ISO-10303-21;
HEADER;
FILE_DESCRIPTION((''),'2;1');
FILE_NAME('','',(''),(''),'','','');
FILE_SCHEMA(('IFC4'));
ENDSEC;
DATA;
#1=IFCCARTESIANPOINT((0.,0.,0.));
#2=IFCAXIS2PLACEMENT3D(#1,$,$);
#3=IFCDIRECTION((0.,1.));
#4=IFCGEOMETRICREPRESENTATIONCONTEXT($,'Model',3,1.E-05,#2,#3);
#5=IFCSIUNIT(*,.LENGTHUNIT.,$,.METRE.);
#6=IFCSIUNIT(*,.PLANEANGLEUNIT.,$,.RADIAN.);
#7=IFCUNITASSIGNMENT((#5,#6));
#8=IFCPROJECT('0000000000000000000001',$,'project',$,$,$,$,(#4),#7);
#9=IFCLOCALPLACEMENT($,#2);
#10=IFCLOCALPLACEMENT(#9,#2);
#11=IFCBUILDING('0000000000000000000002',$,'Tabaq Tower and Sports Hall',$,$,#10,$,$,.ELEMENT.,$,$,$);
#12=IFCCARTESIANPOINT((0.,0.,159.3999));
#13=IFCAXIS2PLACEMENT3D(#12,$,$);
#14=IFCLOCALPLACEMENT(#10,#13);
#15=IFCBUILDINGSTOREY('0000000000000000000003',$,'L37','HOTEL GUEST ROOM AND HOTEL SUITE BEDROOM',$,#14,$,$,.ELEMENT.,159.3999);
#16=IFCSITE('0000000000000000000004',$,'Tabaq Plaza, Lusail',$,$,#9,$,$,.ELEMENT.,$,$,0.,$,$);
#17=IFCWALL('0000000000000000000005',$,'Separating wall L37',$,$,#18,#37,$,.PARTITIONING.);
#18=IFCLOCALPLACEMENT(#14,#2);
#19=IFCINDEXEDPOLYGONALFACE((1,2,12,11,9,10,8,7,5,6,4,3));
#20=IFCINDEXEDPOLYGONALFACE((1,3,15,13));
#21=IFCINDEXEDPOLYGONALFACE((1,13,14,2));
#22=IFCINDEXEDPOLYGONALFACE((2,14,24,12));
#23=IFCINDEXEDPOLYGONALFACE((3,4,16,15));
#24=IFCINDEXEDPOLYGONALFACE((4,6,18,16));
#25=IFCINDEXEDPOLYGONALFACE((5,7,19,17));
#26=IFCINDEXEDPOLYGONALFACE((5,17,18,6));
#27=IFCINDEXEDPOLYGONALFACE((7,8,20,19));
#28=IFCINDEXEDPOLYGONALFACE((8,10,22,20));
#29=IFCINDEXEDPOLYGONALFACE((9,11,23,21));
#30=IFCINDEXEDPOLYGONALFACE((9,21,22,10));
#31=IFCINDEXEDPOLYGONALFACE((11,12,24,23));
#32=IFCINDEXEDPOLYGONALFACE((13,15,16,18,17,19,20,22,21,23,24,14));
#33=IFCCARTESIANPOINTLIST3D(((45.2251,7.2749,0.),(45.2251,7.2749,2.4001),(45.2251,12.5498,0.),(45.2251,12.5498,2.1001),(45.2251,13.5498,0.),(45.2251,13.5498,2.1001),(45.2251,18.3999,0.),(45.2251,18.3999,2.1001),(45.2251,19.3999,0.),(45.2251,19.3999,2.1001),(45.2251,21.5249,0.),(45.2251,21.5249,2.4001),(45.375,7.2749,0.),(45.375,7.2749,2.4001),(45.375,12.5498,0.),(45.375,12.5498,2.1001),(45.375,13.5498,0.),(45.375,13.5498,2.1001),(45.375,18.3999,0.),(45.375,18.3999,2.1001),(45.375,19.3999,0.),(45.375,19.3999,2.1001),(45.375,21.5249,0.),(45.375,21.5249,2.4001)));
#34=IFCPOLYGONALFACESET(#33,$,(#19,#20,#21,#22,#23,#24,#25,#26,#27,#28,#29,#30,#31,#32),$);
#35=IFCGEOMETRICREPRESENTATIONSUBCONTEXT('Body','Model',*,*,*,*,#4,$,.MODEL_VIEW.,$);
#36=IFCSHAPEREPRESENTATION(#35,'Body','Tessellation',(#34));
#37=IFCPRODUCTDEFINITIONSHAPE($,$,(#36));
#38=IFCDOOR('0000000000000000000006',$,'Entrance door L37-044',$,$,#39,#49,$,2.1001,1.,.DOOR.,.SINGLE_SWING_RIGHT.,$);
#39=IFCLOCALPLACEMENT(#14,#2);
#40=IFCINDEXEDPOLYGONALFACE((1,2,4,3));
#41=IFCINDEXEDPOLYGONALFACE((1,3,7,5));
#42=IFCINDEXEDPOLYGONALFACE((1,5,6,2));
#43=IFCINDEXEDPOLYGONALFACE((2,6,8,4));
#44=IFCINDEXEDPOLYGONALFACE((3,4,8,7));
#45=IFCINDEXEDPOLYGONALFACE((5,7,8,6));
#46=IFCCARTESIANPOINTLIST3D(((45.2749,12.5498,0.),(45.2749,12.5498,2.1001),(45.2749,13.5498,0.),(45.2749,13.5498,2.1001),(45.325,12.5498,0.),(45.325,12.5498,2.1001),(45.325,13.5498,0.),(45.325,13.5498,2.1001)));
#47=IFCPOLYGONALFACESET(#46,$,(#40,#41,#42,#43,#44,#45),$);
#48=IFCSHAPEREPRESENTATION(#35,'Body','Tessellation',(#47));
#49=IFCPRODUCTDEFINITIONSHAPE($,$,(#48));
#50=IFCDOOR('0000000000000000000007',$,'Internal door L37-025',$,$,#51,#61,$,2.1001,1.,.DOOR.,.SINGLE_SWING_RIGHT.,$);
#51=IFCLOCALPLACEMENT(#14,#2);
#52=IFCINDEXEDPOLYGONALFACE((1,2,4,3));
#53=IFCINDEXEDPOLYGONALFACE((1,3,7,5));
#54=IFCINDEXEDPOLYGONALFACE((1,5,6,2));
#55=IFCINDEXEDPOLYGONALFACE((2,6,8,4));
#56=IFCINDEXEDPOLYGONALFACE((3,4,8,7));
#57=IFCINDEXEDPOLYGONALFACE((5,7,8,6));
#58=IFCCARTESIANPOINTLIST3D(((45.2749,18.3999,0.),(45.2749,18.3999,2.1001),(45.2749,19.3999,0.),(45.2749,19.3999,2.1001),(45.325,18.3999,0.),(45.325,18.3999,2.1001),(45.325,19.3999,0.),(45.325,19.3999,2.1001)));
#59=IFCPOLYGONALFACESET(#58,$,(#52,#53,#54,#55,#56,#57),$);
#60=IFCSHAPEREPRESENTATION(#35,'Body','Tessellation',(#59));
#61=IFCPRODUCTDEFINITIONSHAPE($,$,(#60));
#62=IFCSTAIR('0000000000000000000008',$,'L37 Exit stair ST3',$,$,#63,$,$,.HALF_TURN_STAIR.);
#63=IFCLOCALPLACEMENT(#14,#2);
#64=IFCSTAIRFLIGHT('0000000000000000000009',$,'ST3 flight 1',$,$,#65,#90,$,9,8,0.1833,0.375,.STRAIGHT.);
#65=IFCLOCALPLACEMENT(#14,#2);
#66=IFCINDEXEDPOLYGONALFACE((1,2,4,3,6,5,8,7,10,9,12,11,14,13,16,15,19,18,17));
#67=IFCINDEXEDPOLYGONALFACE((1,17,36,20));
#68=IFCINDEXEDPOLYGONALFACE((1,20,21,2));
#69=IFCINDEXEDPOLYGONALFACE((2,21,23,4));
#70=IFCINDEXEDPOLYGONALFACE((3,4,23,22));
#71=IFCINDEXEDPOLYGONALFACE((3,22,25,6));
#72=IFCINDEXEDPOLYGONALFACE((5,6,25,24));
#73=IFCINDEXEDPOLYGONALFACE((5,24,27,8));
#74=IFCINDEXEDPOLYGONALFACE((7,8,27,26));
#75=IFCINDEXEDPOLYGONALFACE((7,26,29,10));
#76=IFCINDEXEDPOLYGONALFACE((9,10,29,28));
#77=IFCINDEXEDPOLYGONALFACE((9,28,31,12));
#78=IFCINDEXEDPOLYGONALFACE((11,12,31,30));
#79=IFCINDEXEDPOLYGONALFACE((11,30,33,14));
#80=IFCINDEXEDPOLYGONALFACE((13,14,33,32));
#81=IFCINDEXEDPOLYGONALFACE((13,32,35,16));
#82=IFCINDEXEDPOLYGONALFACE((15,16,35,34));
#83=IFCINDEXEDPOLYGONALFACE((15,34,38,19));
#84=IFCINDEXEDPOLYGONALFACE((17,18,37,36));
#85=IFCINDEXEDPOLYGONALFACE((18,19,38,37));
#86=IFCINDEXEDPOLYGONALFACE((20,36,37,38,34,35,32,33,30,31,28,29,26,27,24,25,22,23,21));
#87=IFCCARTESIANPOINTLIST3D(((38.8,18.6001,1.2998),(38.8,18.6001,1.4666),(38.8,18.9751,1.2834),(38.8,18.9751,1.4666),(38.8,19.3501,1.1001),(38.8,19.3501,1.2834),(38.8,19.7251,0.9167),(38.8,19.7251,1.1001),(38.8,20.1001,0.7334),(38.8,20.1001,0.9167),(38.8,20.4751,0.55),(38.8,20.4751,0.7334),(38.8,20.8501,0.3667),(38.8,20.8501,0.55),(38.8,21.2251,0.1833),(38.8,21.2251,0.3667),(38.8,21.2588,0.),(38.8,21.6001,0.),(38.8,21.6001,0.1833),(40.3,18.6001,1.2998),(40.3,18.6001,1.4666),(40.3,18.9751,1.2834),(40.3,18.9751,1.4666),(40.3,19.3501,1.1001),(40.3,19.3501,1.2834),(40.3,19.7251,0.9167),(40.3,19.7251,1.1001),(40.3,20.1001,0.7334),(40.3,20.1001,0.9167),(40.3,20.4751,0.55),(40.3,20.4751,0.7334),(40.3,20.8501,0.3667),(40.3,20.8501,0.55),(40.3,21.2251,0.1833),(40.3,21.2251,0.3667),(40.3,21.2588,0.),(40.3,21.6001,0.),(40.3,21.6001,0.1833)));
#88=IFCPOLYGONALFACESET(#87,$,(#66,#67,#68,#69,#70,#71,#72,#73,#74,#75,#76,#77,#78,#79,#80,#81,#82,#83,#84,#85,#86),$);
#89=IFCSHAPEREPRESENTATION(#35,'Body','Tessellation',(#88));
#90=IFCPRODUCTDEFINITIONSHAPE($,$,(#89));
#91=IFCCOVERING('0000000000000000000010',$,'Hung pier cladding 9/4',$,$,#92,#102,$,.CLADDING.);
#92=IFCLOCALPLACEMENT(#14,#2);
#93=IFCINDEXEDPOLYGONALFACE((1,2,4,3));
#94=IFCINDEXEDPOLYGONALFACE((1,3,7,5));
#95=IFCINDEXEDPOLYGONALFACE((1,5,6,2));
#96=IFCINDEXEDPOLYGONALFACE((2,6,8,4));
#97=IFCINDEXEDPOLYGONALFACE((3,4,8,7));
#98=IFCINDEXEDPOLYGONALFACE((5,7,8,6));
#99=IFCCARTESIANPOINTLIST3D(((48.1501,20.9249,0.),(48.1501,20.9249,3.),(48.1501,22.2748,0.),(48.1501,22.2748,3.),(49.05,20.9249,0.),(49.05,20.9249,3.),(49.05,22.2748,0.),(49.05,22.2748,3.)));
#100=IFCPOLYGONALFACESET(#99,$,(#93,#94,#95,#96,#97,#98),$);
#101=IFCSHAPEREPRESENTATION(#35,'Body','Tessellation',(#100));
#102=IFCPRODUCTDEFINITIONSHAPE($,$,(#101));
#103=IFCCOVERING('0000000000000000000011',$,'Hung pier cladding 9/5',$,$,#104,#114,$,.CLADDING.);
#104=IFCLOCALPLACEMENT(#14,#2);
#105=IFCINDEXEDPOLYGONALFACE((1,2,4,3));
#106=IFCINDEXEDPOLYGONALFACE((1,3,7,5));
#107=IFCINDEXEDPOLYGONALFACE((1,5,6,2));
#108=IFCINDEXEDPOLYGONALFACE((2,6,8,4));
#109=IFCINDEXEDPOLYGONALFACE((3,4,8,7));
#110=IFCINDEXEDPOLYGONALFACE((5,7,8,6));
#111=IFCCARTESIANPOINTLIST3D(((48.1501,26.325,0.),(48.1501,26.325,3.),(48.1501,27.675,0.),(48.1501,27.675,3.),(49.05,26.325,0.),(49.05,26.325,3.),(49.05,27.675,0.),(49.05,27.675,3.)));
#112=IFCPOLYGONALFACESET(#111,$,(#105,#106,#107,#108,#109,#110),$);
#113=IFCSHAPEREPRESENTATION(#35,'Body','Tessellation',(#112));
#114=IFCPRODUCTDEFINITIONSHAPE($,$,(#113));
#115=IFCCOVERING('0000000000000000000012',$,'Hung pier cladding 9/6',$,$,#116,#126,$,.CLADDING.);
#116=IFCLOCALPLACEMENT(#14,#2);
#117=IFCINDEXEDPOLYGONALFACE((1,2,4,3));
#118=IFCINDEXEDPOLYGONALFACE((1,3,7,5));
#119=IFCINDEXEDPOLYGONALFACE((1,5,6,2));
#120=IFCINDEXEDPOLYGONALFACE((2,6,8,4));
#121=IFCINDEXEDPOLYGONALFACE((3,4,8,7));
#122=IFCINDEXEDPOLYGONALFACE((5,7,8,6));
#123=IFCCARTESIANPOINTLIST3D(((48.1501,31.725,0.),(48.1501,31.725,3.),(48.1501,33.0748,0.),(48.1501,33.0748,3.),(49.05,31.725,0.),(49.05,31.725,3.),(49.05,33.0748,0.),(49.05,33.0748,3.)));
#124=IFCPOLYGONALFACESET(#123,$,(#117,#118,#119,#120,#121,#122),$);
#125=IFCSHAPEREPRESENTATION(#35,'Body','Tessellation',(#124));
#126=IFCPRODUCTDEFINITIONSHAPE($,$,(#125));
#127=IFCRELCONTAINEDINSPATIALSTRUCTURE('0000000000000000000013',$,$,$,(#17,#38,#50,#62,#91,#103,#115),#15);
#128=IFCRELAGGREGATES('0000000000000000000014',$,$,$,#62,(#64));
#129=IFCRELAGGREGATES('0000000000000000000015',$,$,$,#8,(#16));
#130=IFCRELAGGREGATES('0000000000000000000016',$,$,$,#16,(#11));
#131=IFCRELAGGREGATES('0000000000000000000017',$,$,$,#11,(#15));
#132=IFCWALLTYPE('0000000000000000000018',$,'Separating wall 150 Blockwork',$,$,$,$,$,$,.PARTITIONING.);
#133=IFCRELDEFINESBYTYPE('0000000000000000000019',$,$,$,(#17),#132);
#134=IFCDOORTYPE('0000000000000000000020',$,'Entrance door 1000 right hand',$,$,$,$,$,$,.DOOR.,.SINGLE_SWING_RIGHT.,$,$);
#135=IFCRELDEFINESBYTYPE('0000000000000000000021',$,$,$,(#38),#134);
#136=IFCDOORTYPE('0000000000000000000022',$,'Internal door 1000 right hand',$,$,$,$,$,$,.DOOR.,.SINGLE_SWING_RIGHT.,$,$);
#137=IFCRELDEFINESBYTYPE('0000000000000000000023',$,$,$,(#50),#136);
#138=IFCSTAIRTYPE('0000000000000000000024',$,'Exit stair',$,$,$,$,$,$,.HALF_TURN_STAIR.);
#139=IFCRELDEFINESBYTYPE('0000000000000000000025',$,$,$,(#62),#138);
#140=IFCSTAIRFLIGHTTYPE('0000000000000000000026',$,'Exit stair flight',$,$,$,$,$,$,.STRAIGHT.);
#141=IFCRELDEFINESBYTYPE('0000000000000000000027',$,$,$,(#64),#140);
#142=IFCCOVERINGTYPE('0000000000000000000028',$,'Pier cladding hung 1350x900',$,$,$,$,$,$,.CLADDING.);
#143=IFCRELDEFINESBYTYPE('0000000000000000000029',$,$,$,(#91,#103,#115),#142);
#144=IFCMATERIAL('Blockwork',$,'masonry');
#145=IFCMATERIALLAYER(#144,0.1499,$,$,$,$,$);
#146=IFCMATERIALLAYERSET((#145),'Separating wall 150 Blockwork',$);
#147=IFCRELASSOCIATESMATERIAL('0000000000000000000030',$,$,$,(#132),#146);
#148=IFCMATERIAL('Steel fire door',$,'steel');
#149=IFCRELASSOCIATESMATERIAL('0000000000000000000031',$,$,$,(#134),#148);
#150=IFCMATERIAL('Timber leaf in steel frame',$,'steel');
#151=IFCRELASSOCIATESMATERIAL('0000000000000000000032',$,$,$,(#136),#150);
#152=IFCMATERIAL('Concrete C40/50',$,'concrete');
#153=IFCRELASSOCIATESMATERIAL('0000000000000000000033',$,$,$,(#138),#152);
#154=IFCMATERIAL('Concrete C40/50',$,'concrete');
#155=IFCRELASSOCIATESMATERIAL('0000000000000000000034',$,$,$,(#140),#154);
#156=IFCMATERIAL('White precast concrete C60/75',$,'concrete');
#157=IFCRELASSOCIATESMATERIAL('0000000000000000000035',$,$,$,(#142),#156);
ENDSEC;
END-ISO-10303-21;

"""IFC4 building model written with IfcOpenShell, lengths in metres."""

from ifc_helpers import new_model, si_unit, direction, frame, frame_2d, origin, place, context, subcontext, project, spatial, polyline, rectangle, outline, extrude, material, layer, layer_set, type_object, element, fill, aggregate, save


model = new_model("IFC4")

# Units and contexts
model_context = context("Model", 3, precision=1e-05, world=origin(), true_north=direction((0.0, 1.0)))
body_context = subcontext(model_context, "Body", "Model", "MODEL_VIEW")
ifc_project = project(units=[si_unit("LENGTHUNIT", "METRE"), si_unit("PLANEANGLEUNIT", "RADIAN")], contexts=[model_context])

# Site, building, storey
site_placement = place(None, origin())
site = spatial("IfcSite", under=ifc_project, at=site_placement, Name="Tabaq Plaza, Lusail", CompositionType="ELEMENT", RefElevation=0.0)
building_placement = place(site_placement, origin())
building = spatial("IfcBuilding", under=site, at=building_placement, Name="Tabaq Tower and Sports Hall", CompositionType="ELEMENT")
storey_placement = place(building_placement, frame((0.0, 0.0, 159.3999)))
storey = spatial("IfcBuildingStorey", under=building, at=storey_placement, Name="L37", Description="HOTEL GUEST ROOM AND HOTEL SUITE BEDROOM", CompositionType="ELEMENT", Elevation=159.3999)

# Shared definitions
ifc_material_1 = material(Name="Blockwork", Category="masonry")
ifc_layer_1 = layer(ifc_material_1, 0.1499)
ifc_layer_set_1 = layer_set([ifc_layer_1], Name="Separating wall 150 Blockwork")
wall_type_1 = type_object("IfcWallType", Name="Separating wall 150 Blockwork", PredefinedType="PARTITIONING", material=ifc_layer_set_1)

# Wall, openings, doors
wall_1_placement = place(storey_placement, frame((45.3, 21.5249, 0.0), z_axis=(0.0, 0.0, 1.0), x_axis=(0.0, -1.0, 0.0)))
wall_1 = element("IfcWall", 1, at=wall_1_placement, inside=storey, type_object=wall_type_1, Name="Separating wall L37", PredefinedType="PARTITIONING", context=body_context, shape_type="SweptSolid", body=[
    extrude(rectangle(XDim=14.25, YDim=0.1499, at=frame_2d((7.125, 0.0))), origin(), (0.0, 0.0, 1.0), 2.4001),
])
opening_1_placement = place(wall_1_placement, frame((2.125, 0.0, 0.0)))
opening_1 = element("IfcOpeningElement", 2, at=opening_1_placement, cuts=wall_1, PredefinedType="OPENING", context=body_context, shape_type="SweptSolid", body=[
    extrude(rectangle(XDim=1.0, YDim=2.1001, at=frame_2d((0.5, 1.05))), frame((0.0, 0.075, 0.0), z_axis=(0.0, -1.0, 0.0), x_axis=(1.0, 0.0, 0.0)), (0.0, 0.0, 1.0), 0.1499),
])
opening_2_placement = place(wall_1_placement, frame((7.9751, 0.0, 0.0)))
opening_2 = element("IfcOpeningElement", 3, at=opening_2_placement, cuts=wall_1, PredefinedType="OPENING", context=body_context, shape_type="SweptSolid", body=[
    extrude(rectangle(XDim=1.0, YDim=2.1001, at=frame_2d((0.5, 1.05))), frame((0.0, 0.075, 0.0), z_axis=(0.0, -1.0, 0.0), x_axis=(1.0, 0.0, 0.0)), (0.0, 0.0, 1.0), 0.1499),
])
ifc_material_2 = material(Name="Steel fire door", Category="steel")
door_type_1 = type_object("IfcDoorType", Name="Entrance door 1000 right hand", OperationType="SINGLE_SWING_RIGHT", PredefinedType="DOOR", material=ifc_material_2)
door_1_placement = place(opening_2_placement, origin())
door_1 = element("IfcDoor", 4, at=door_1_placement, inside=storey, type_object=door_type_1, Name="Entrance door L37-044", OperationType="SINGLE_SWING_RIGHT", OverallHeight=2.1001, OverallWidth=1.0, PredefinedType="DOOR", context=body_context, shape_type="SweptSolid", body=[
    extrude(rectangle(XDim=1.0, YDim=2.1001, at=frame_2d((0.5, 1.05))), frame((0.0, 0.0249, 0.0), z_axis=(0.0, -1.0, 0.0), x_axis=(1.0, 0.0, 0.0)), (0.0, 0.0, 1.0), 0.05),
])
fill(opening_2, door_1)
ifc_material_3 = material(Name="Timber leaf in steel frame", Category="steel")
door_type_2 = type_object("IfcDoorType", Name="Internal door 1000 right hand", OperationType="SINGLE_SWING_RIGHT", PredefinedType="DOOR", material=ifc_material_3)
door_2_placement = place(opening_1_placement, origin())
door_2 = element("IfcDoor", 5, at=door_2_placement, inside=storey, type_object=door_type_2, Name="Internal door L37-025", OperationType="SINGLE_SWING_RIGHT", OverallHeight=2.1001, OverallWidth=1.0, PredefinedType="DOOR", context=body_context, shape_type="SweptSolid", body=[
    extrude(rectangle(XDim=1.0, YDim=2.1001, at=frame_2d((0.5, 1.05))), frame((0.0, 0.0249, 0.0), z_axis=(0.0, -1.0, 0.0), x_axis=(1.0, 0.0, 0.0)), (0.0, 0.0, 1.0), 0.05),
])
fill(opening_1, door_2)

# Stair, stair flight
ifc_material_4 = material(Name="Concrete C40/50", Category="concrete")
stair_type = type_object("IfcStairType", Name="Exit stair", PredefinedType="HALF_TURN_STAIR", material=ifc_material_4)
stair_placement = place(storey_placement, origin())
stair = element("IfcStair", 6, at=stair_placement, inside=storey, type_object=stair_type, Name="L37 Exit stair ST3", PredefinedType="HALF_TURN_STAIR")
ifc_material_5 = material(Name="Concrete C40/50", Category="concrete")
stair_flight_type = type_object("IfcStairFlightType", Name="Exit stair flight", PredefinedType="STRAIGHT", material=ifc_material_5)
stair_flight_placement = place(storey_placement, frame((39.55, 21.6001, 0.0), z_axis=(0.0, 0.0, 1.0), x_axis=(0.0, -1.0, 0.0)))
stair_flight = element("IfcStairFlight", 7, at=stair_flight_placement, type_object=stair_flight_type, Name="ST3 flight 1", NumberOfRisers=9, NumberOfTreads=8, PredefinedType="STRAIGHT", RiserHeight=0.1833, TreadLength=0.375, context=body_context, shape_type="SweptSolid", body=[
    extrude(outline(polyline([(0.0, 0.0), (0.0, 0.1833), (0.375, 0.1833), (0.375, 0.3667), (0.75, 0.3667), (0.75, 0.55), (1.125, 0.55), (1.125, 0.7334), (1.5, 0.7334), (1.5, 0.9167), (1.875, 0.9167), (1.875, 1.1001), (2.25, 1.1001), (2.25, 1.2834), (2.625, 1.2834), (2.625, 1.4666), (3.0, 1.4666), (3.0, 1.6499), (3.0, 1.2998), (0.3413, 0.0), (0.0, 0.0)])), frame((0.0, 0.75, 0.0), z_axis=(0.0, -1.0, 0.0), x_axis=(1.0, 0.0, 0.0)), (0.0, 0.0, 1.0), 1.5),
])
aggregate(stair, [stair_flight])

# Coverings
ifc_material_6 = material(Name="White precast concrete C60/75", Category="concrete")
covering_type_1 = type_object("IfcCoveringType", Name="Pier cladding hung 1350x900", PredefinedType="CLADDING", material=ifc_material_6)
covering_1_placement = place(storey_placement, frame((48.6001, 20.925, 0.0), z_axis=(0.0, 0.0, 1.0), x_axis=(0.0, 1.0, 0.0)))
element("IfcCovering", 8, at=covering_1_placement, inside=storey, type_object=covering_type_1, Name="Hung pier cladding 9/4", PredefinedType="CLADDING", context=body_context, shape_type="SweptSolid", body=[
    extrude(rectangle(XDim=1.3499, YDim=0.8999, at=frame_2d((0.6748, 0.0))), origin(), (0.0, 0.0, 1.0), 3.0),
])
covering_2_placement = place(storey_placement, frame((48.6001, 26.325, 0.0), z_axis=(0.0, 0.0, 1.0), x_axis=(0.0, 1.0, 0.0)))
element("IfcCovering", 9, at=covering_2_placement, inside=storey, type_object=covering_type_1, Name="Hung pier cladding 9/5", PredefinedType="CLADDING", context=body_context, shape_type="SweptSolid", body=[
    extrude(rectangle(XDim=1.3501, YDim=0.8999, at=frame_2d((0.675, 0.0))), origin(), (0.0, 0.0, 1.0), 3.0),
])
covering_3_placement = place(storey_placement, frame((48.6001, 31.7251, 0.0), z_axis=(0.0, 0.0, 1.0), x_axis=(0.0, 1.0, 0.0)))
element("IfcCovering", 10, at=covering_3_placement, inside=storey, type_object=covering_type_1, Name="Hung pier cladding 9/6", PredefinedType="CLADDING", context=body_context, shape_type="SweptSolid", body=[
    extrude(rectangle(XDim=1.3499, YDim=0.8999, at=frame_2d((0.6748, 0.0))), origin(), (0.0, 0.0, 1.0), 3.0),
])

save(model, "model.ifc")
